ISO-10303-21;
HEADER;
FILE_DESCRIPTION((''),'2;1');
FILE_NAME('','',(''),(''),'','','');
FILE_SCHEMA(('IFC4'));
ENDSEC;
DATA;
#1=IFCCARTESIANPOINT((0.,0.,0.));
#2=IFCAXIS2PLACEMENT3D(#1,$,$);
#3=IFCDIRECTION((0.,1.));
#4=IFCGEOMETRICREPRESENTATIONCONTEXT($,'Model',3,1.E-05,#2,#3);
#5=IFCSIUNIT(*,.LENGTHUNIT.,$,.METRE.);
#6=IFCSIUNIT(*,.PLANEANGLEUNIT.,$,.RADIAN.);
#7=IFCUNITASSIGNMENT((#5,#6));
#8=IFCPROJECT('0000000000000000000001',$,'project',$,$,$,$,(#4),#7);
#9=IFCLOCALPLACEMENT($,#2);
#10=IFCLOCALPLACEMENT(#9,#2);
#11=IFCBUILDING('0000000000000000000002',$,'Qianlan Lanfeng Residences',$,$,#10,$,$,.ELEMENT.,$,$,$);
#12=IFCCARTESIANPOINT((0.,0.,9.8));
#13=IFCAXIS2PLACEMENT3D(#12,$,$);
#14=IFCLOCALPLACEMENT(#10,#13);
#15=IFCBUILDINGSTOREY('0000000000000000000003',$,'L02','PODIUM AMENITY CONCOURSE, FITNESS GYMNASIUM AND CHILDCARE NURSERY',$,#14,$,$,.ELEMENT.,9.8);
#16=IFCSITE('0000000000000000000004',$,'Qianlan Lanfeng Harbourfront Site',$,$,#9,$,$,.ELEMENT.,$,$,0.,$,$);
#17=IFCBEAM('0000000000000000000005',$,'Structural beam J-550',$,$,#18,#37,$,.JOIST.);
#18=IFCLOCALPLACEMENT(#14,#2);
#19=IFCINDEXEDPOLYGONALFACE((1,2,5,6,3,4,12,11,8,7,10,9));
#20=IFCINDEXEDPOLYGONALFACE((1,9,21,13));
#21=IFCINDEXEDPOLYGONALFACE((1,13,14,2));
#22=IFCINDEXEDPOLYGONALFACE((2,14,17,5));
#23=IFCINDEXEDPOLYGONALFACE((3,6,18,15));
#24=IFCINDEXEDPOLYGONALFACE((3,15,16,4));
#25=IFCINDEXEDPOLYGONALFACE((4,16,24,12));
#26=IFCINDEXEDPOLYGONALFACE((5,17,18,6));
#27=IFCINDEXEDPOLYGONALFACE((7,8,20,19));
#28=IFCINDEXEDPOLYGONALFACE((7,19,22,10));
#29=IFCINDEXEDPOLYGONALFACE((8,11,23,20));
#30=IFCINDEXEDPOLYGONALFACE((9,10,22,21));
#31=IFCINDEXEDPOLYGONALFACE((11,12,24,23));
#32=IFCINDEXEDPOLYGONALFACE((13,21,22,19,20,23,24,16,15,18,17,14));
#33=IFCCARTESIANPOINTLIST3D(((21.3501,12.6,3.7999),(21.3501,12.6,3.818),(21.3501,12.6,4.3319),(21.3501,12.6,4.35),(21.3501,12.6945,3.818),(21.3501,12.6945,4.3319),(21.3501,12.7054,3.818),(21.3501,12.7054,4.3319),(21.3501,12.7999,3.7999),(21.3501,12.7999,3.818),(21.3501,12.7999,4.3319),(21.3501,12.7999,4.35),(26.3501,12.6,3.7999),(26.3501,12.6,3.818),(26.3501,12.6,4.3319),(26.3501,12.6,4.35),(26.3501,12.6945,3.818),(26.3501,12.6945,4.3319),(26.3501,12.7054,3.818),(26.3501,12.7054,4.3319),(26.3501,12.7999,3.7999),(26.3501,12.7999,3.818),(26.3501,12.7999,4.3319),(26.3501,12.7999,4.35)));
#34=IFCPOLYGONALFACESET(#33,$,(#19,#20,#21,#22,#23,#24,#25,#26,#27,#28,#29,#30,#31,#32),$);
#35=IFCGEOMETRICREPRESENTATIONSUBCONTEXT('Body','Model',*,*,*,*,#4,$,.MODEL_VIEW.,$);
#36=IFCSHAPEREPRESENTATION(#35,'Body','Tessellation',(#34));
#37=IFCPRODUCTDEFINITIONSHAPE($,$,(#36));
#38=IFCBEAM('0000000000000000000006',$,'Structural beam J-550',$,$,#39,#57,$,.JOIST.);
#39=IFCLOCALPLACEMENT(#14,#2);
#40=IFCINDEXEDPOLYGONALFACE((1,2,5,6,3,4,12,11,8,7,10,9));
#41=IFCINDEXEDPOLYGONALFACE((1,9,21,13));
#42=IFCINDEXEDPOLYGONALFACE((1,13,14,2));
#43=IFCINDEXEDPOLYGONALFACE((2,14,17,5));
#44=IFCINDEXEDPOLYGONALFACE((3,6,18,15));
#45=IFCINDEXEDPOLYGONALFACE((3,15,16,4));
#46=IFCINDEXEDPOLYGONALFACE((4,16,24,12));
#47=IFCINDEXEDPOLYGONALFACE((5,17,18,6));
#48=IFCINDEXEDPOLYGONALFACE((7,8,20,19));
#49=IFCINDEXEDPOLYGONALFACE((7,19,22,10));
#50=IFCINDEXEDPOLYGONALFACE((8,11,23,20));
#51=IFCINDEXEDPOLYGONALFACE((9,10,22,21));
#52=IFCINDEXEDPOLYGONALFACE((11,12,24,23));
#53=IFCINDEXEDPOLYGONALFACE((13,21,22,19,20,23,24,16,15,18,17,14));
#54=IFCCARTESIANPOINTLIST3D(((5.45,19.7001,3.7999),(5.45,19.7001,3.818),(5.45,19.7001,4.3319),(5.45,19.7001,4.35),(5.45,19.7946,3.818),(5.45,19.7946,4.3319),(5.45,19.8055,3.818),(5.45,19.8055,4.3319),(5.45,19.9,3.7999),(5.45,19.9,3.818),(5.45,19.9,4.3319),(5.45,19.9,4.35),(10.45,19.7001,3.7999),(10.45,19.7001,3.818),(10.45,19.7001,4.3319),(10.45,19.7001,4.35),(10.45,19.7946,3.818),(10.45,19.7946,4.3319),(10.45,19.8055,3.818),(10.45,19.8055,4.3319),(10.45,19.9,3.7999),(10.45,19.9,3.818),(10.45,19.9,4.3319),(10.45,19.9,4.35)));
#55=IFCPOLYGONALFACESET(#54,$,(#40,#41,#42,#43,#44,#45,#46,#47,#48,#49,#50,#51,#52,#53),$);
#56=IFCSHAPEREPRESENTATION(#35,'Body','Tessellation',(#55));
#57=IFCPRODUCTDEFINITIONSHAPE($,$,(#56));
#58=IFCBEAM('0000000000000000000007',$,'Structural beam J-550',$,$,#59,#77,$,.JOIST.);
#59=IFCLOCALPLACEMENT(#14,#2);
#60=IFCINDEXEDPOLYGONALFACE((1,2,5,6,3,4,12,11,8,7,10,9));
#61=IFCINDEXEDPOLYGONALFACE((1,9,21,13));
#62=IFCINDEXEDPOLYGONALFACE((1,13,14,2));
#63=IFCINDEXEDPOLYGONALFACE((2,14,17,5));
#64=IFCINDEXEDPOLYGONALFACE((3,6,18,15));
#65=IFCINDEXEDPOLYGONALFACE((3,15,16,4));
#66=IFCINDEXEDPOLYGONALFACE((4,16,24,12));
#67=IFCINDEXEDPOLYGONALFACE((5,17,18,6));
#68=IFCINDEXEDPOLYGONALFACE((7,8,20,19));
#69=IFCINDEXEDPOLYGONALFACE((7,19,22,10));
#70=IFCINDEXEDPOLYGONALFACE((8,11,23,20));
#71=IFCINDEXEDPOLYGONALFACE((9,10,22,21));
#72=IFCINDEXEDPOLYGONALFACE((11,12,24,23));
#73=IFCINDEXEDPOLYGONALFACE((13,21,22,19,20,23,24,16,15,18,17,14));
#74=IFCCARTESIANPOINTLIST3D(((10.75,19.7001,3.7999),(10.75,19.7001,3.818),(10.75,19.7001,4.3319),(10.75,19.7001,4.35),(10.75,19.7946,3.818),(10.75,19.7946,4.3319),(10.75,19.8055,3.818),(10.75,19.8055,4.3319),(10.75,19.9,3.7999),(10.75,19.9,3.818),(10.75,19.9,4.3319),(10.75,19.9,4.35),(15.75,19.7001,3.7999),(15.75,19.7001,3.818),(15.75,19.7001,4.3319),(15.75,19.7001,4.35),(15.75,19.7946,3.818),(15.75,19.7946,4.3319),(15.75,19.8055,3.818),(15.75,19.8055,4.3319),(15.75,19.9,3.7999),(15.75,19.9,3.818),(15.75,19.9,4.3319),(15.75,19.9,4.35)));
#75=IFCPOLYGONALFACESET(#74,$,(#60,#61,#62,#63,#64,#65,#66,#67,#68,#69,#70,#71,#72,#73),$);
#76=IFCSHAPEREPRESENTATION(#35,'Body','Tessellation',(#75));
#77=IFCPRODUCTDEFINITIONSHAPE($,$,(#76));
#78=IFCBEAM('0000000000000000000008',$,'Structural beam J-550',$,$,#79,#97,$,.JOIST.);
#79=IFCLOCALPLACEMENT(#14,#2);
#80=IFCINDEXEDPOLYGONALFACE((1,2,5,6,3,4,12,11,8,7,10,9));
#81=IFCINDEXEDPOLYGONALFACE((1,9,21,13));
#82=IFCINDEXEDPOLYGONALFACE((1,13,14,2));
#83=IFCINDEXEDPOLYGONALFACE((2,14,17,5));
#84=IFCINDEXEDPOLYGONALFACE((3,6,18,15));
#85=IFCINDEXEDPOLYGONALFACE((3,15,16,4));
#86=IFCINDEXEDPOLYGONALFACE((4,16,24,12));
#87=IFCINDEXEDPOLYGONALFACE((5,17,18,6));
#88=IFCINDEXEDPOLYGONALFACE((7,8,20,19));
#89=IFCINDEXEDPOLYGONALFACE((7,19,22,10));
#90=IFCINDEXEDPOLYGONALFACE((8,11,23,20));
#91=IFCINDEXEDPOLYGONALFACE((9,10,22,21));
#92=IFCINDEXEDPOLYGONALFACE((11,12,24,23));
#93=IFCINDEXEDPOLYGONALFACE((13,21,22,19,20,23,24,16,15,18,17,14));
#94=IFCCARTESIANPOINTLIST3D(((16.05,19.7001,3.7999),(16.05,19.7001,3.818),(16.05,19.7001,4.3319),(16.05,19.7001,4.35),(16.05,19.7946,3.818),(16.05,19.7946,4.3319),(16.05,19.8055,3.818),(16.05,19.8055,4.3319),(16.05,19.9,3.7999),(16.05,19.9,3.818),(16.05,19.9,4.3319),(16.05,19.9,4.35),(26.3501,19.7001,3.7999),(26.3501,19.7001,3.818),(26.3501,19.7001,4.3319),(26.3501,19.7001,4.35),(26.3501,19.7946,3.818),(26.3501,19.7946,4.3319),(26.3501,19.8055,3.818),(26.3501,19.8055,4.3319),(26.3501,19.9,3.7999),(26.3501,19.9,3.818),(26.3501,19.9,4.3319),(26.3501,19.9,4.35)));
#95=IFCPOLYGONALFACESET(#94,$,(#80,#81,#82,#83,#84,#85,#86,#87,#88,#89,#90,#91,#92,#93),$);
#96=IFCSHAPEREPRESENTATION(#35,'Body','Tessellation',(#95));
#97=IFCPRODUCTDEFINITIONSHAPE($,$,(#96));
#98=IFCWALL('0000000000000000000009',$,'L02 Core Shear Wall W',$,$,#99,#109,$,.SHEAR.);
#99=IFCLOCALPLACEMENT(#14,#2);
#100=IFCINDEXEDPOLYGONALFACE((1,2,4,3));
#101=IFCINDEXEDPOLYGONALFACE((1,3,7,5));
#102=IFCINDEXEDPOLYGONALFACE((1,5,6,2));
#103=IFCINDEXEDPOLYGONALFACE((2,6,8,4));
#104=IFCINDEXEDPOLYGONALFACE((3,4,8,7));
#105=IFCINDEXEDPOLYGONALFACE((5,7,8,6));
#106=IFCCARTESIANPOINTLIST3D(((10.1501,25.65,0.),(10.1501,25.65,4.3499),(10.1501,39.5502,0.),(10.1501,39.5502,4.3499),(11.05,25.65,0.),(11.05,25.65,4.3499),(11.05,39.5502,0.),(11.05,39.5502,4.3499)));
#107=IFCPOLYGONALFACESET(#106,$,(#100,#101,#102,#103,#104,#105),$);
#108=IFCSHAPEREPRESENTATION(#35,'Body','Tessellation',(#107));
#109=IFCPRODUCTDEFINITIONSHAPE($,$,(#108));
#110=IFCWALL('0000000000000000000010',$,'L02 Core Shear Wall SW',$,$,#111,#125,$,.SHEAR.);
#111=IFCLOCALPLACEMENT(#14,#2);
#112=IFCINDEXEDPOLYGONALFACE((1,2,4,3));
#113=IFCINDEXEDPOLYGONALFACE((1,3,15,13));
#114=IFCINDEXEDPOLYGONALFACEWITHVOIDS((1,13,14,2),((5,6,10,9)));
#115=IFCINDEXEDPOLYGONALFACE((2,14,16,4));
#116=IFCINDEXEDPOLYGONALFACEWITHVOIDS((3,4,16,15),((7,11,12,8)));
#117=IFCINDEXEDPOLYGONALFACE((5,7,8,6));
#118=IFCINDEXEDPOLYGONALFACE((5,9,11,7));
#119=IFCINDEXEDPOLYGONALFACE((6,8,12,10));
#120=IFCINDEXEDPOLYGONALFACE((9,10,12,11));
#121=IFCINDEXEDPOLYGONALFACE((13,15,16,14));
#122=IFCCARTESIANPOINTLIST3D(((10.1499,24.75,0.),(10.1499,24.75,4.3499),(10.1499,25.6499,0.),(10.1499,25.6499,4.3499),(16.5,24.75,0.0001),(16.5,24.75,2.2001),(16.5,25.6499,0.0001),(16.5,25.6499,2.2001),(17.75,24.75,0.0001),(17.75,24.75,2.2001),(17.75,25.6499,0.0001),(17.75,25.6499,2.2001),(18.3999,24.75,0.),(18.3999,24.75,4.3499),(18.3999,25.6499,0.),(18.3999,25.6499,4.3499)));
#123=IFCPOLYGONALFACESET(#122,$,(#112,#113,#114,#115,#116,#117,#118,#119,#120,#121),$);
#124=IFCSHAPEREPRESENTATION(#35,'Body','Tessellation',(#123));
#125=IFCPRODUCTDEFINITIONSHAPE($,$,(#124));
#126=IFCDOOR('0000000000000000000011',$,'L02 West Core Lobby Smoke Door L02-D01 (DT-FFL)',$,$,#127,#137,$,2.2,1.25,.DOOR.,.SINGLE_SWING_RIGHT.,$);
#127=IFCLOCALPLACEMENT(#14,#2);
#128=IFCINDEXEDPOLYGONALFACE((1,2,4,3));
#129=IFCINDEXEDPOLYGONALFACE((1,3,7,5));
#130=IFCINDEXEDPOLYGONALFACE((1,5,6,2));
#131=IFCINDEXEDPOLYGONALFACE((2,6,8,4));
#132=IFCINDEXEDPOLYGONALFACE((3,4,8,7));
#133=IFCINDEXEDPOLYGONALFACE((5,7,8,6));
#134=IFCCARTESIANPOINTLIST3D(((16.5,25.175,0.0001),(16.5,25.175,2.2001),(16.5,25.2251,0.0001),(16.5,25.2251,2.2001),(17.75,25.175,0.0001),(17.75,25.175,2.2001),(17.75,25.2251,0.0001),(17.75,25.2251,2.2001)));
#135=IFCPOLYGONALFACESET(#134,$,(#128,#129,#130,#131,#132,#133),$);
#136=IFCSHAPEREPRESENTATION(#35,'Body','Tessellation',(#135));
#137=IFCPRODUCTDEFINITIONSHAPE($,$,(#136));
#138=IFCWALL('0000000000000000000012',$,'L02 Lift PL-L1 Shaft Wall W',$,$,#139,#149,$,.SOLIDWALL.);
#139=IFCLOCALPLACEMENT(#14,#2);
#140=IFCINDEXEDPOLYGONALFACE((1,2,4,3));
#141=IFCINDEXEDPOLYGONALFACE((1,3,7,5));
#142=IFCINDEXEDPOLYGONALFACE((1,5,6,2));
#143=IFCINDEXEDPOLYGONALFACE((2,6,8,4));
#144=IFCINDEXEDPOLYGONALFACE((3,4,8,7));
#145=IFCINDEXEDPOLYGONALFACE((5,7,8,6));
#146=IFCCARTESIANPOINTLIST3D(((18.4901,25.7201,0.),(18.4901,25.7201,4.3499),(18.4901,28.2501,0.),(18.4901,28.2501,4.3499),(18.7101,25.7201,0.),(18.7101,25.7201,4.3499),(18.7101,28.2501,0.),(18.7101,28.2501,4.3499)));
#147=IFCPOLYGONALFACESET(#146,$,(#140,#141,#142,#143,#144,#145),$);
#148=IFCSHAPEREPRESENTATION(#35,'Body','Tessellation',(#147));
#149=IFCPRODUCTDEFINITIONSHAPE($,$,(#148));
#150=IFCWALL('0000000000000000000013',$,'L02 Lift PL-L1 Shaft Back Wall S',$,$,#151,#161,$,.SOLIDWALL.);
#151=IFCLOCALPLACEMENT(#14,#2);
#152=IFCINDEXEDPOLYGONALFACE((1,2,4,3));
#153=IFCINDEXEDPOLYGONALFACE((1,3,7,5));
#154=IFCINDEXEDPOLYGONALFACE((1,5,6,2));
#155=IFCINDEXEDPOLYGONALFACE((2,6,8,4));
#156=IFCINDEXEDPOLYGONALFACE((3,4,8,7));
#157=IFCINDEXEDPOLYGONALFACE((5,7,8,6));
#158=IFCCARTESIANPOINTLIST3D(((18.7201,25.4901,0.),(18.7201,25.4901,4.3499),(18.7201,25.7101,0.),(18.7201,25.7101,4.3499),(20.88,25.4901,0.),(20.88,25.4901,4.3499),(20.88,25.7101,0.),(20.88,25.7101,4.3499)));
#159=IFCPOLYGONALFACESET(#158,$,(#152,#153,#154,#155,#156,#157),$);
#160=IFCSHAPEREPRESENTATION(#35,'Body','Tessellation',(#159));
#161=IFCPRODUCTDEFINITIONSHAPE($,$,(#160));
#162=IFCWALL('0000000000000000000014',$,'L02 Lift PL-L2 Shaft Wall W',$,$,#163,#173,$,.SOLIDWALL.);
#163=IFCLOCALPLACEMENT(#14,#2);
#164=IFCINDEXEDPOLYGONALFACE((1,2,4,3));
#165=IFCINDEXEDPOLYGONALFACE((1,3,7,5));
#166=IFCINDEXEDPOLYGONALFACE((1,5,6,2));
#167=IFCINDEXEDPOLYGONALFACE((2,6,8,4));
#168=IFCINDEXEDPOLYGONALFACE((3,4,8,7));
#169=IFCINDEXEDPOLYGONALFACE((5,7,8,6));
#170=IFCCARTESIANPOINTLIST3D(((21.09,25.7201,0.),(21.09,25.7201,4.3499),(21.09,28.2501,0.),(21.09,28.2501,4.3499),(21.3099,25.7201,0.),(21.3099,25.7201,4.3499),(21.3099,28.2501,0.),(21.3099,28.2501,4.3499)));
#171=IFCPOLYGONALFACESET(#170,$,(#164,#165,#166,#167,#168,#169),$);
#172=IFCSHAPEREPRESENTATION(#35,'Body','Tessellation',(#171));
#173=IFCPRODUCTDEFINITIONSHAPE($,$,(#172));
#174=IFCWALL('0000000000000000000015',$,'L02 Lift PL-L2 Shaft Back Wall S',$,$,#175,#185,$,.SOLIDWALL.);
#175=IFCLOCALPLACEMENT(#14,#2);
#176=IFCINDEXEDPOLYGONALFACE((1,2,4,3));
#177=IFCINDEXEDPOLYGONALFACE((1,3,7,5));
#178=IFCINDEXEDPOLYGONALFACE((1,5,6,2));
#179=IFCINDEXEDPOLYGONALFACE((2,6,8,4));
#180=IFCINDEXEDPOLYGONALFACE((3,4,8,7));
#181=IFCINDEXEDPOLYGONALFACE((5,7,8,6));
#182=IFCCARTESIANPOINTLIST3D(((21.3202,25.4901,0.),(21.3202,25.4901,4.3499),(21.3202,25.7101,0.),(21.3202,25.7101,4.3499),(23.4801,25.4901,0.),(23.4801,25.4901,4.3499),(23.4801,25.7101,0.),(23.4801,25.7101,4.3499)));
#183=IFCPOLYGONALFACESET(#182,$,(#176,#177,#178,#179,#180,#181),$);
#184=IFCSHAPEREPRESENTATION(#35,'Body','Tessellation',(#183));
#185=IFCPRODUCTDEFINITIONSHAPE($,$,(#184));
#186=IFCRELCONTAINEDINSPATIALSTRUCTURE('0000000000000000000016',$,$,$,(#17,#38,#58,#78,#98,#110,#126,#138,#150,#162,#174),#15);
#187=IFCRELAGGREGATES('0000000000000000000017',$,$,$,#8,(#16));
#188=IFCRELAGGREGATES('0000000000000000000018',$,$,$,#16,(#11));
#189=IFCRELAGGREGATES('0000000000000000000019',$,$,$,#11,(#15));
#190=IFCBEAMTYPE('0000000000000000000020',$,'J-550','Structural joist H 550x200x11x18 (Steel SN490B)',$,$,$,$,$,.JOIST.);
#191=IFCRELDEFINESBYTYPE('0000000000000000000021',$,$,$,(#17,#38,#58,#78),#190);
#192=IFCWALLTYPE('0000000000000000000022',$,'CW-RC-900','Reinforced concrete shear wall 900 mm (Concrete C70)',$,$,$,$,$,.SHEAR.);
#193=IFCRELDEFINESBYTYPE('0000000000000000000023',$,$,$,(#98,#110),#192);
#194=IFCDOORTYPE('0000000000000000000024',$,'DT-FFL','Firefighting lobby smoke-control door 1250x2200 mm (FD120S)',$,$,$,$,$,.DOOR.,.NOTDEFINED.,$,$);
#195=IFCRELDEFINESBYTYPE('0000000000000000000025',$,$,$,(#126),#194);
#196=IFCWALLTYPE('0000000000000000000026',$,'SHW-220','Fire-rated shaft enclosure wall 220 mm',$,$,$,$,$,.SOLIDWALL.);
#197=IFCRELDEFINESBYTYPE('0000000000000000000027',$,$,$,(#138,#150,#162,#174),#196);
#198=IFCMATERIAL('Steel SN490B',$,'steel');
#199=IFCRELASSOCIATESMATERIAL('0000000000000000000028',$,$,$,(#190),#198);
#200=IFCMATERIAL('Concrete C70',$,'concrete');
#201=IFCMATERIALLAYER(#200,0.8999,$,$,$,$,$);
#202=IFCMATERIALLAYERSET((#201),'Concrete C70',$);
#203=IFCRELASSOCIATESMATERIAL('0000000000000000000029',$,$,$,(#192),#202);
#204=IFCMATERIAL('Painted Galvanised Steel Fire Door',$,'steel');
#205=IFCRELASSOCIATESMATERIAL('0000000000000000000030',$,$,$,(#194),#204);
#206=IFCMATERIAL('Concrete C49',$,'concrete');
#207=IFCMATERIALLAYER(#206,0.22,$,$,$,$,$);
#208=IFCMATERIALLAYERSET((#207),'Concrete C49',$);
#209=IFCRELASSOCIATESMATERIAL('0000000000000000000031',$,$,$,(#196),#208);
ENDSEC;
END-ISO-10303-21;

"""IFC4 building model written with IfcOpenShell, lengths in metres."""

from ifc_helpers import new_model, si_unit, direction, frame, frame_2d, origin, origin_2d, place, context, subcontext, project, spatial, rectangle, i_section, extrude, material, layer, layer_set, material_profile, profile_set, type_object, element, fill, save


model = new_model("IFC4")

# Units and contexts
model_context = context("Model", 3, precision=1e-05, world=origin(), true_north=direction((0.0, 1.0)))
body_context = subcontext(model_context, "Body", "Model", "MODEL_VIEW")
ifc_project = project(units=[si_unit("LENGTHUNIT", "METRE"), si_unit("PLANEANGLEUNIT", "RADIAN")], contexts=[model_context])

# Site, building, storey
site_placement = place(None, origin())
site = spatial("IfcSite", under=ifc_project, at=site_placement, Name="Qianlan Lanfeng Harbourfront Site", CompositionType="ELEMENT", RefElevation=0.0)
building_placement = place(site_placement, origin())
building = spatial("IfcBuilding", under=site, at=building_placement, Name="Qianlan Lanfeng Residences", CompositionType="ELEMENT")
storey_placement = place(building_placement, frame((0.0, 0.0, 9.8)))
storey = spatial("IfcBuildingStorey", under=building, at=storey_placement, Name="L02", Description="PODIUM AMENITY CONCOURSE, FITNESS GYMNASIUM AND CHILDCARE NURSERY", CompositionType="ELEMENT", Elevation=9.8)

# Beams
ifc_material_1 = material(Name="Steel SN490B", Category="steel")
ifc_material_profile_1 = material_profile(ifc_material_1, i_section(OverallWidth=0.2, OverallDepth=0.55, WebThickness=0.011, FlangeThickness=0.0181, at=origin_2d()), Name="H 550x200x11x18")
ifc_profile_set_1 = profile_set([ifc_material_profile_1], Name="Steel SN490B")
beam_type_1 = type_object("IfcBeamType", Name="J-550", Description="Structural joist H 550x200x11x18 (Steel SN490B)", PredefinedType="JOIST", material=ifc_profile_set_1)
for number, where, z_axis, x_axis, name in (
    (1, (21.3501, 12.7, 4.075), (1.0, 0.0, 0.0), (0.0, 1.0, 0.0), "Structural beam J-550"),
    (2, (5.45, 19.8, 4.075), (1.0, 0.0, 0.0), (0.0, 1.0, 0.0), "Structural beam J-550"),
    (3, (10.75, 19.8, 4.075), (1.0, 0.0, 0.0), (0.0, 1.0, 0.0), "Structural beam J-550"),
):
    element("IfcBeam", number, at=place(storey_placement, frame(where, z_axis=z_axis, x_axis=x_axis)), inside=storey, type_object=beam_type_1, Name=name, PredefinedType="JOIST", context=body_context, shape_type="SweptSolid", body=[
        extrude(i_section(OverallWidth=0.2, OverallDepth=0.55, WebThickness=0.011, FlangeThickness=0.0181, at=origin_2d()), origin(), (0.0, 0.0, 1.0), 5.0),
    ])
beam_1_placement = place(storey_placement, frame((16.05, 19.8, 4.075), z_axis=(1.0, 0.0, 0.0), x_axis=(0.0, 1.0, 0.0)))
element("IfcBeam", 4, at=beam_1_placement, inside=storey, type_object=beam_type_1, Name="Structural beam J-550", PredefinedType="JOIST", context=body_context, shape_type="SweptSolid", body=[
    extrude(i_section(OverallWidth=0.2, OverallDepth=0.55, WebThickness=0.011, FlangeThickness=0.0181, at=origin_2d()), origin(), (0.0, 0.0, 1.0), 10.3),
])

# Wall
ifc_material_2 = material(Name="Concrete C70", Category="concrete")
ifc_layer_1 = layer(ifc_material_2, 0.8999)
ifc_layer_set_1 = layer_set([ifc_layer_1], Name="Concrete C70")
wall_type_1 = type_object("IfcWallType", Name="CW-RC-900", Description="Reinforced concrete shear wall 900 mm (Concrete C70)", PredefinedType="SHEAR", material=ifc_layer_set_1)
wall_1_placement = place(storey_placement, frame((10.6001, 25.6499, 0.0), z_axis=(0.0, 0.0, 1.0), x_axis=(0.0, 1.0, 0.0)))
element("IfcWall", 5, at=wall_1_placement, inside=storey, type_object=wall_type_1, Name="L02 Core Shear Wall W", PredefinedType="SHEAR", context=body_context, shape_type="SweptSolid", body=[
    extrude(rectangle(XDim=13.9001, YDim=0.8999, at=frame_2d((6.9502, 0.0))), origin(), (0.0, 0.0, 1.0), 4.3499),
])

# Wall, opening, door
wall_2_placement = place(storey_placement, frame((10.1499, 25.2, 0.0), z_axis=(0.0, 0.0, 1.0), x_axis=(1.0, 0.0, 0.0)))
wall_2 = element("IfcWall", 6, at=wall_2_placement, inside=storey, type_object=wall_type_1, Name="L02 Core Shear Wall SW", PredefinedType="SHEAR", context=body_context, shape_type="SweptSolid", body=[
    extrude(rectangle(XDim=8.25, YDim=0.8999, at=frame_2d((4.125, 0.0))), origin(), (0.0, 0.0, 1.0), 4.3499),
])
opening_1_placement = place(wall_2_placement, frame((6.3501, 0.0, 0.0)))
opening_1 = element("IfcOpeningElement", 7, at=opening_1_placement, cuts=wall_2, PredefinedType="OPENING", context=body_context, shape_type="SweptSolid", body=[
    extrude(rectangle(XDim=1.25, YDim=2.2, at=frame_2d((0.625, 1.1001))), frame((0.0, 0.46, 0.0), z_axis=(0.0, -1.0, 0.0), x_axis=(1.0, 0.0, 0.0)), (0.0, 0.0, 1.0), 0.9199),
])
ifc_material_3 = material(Name="Painted Galvanised Steel Fire Door", Category="steel")
door_type_1 = type_object("IfcDoorType", Name="DT-FFL", Description="Firefighting lobby smoke-control door 1250x2200 mm (FD120S)", OperationType="NOTDEFINED", PredefinedType="DOOR", material=ifc_material_3)
door_1_placement = place(opening_1_placement, frame((1.25, 0.0, 0.0), z_axis=(0.0, 0.0, 1.0), x_axis=(-1.0, 0.0, 0.0)))
door_1 = element("IfcDoor", 8, at=door_1_placement, inside=storey, type_object=door_type_1, Name="L02 West Core Lobby Smoke Door L02-D01 (DT-FFL)", OperationType="SINGLE_SWING_RIGHT", OverallHeight=2.2, OverallWidth=1.25, PredefinedType="DOOR", context=body_context, shape_type="SweptSolid", body=[
    extrude(rectangle(XDim=1.25, YDim=2.2, at=frame_2d((0.625, 1.1001))), frame((0.0, 0.0249, 0.0), z_axis=(0.0, -1.0, 0.0), x_axis=(1.0, 0.0, 0.0)), (0.0, 0.0, 1.0), 0.05),
])
fill(opening_1, door_1)

# Walls
ifc_material_4 = material(Name="Concrete C49", Category="concrete")
ifc_layer_2 = layer(ifc_material_4, 0.22)
ifc_layer_set_2 = layer_set([ifc_layer_2], Name="Concrete C49")
wall_type_2 = type_object("IfcWallType", Name="SHW-220", Description="Fire-rated shaft enclosure wall 220 mm", PredefinedType="SOLIDWALL", material=ifc_layer_set_2)
wall_3_placement = place(storey_placement, frame((18.6001, 25.72, 0.0), z_axis=(0.0, 0.0, 1.0), x_axis=(0.0, 1.0, 0.0)))
element("IfcWall", 9, at=wall_3_placement, inside=storey, type_object=wall_type_2, Name="L02 Lift PL-L1 Shaft Wall W", PredefinedType="SOLIDWALL", context=body_context, shape_type="SweptSolid", body=[
    extrude(rectangle(XDim=2.53, YDim=0.22, at=frame_2d((1.2651, 0.0))), origin(), (0.0, 0.0, 1.0), 4.3499),
])
wall_4_placement = place(storey_placement, frame((18.72, 25.6001, 0.0), z_axis=(0.0, 0.0, 1.0), x_axis=(1.0, 0.0, 0.0)))
element("IfcWall", 10, at=wall_4_placement, inside=storey, type_object=wall_type_2, Name="L02 Lift PL-L1 Shaft Back Wall S", PredefinedType="SOLIDWALL", context=body_context, shape_type="SweptSolid", body=[
    extrude(rectangle(XDim=2.1599, YDim=0.22, at=frame_2d((1.0801, 0.0))), origin(), (0.0, 0.0, 1.0), 4.3499),
])
wall_5_placement = place(storey_placement, frame((21.2, 25.72, 0.0), z_axis=(0.0, 0.0, 1.0), x_axis=(0.0, 1.0, 0.0)))
element("IfcWall", 11, at=wall_5_placement, inside=storey, type_object=wall_type_2, Name="L02 Lift PL-L2 Shaft Wall W", PredefinedType="SOLIDWALL", context=body_context, shape_type="SweptSolid", body=[
    extrude(rectangle(XDim=2.53, YDim=0.22, at=frame_2d((1.2651, 0.0))), origin(), (0.0, 0.0, 1.0), 4.3499),
])
wall_6_placement = place(storey_placement, frame((21.3201, 25.6001, 0.0), z_axis=(0.0, 0.0, 1.0), x_axis=(1.0, 0.0, 0.0)))
element("IfcWall", 12, at=wall_6_placement, inside=storey, type_object=wall_type_2, Name="L02 Lift PL-L2 Shaft Back Wall S", PredefinedType="SOLIDWALL", context=body_context, shape_type="SweptSolid", body=[
    extrude(rectangle(XDim=2.1599, YDim=0.22, at=frame_2d((1.0801, 0.0))), origin(), (0.0, 0.0, 1.0), 4.3499),
])

save(model, "model.ifc")
